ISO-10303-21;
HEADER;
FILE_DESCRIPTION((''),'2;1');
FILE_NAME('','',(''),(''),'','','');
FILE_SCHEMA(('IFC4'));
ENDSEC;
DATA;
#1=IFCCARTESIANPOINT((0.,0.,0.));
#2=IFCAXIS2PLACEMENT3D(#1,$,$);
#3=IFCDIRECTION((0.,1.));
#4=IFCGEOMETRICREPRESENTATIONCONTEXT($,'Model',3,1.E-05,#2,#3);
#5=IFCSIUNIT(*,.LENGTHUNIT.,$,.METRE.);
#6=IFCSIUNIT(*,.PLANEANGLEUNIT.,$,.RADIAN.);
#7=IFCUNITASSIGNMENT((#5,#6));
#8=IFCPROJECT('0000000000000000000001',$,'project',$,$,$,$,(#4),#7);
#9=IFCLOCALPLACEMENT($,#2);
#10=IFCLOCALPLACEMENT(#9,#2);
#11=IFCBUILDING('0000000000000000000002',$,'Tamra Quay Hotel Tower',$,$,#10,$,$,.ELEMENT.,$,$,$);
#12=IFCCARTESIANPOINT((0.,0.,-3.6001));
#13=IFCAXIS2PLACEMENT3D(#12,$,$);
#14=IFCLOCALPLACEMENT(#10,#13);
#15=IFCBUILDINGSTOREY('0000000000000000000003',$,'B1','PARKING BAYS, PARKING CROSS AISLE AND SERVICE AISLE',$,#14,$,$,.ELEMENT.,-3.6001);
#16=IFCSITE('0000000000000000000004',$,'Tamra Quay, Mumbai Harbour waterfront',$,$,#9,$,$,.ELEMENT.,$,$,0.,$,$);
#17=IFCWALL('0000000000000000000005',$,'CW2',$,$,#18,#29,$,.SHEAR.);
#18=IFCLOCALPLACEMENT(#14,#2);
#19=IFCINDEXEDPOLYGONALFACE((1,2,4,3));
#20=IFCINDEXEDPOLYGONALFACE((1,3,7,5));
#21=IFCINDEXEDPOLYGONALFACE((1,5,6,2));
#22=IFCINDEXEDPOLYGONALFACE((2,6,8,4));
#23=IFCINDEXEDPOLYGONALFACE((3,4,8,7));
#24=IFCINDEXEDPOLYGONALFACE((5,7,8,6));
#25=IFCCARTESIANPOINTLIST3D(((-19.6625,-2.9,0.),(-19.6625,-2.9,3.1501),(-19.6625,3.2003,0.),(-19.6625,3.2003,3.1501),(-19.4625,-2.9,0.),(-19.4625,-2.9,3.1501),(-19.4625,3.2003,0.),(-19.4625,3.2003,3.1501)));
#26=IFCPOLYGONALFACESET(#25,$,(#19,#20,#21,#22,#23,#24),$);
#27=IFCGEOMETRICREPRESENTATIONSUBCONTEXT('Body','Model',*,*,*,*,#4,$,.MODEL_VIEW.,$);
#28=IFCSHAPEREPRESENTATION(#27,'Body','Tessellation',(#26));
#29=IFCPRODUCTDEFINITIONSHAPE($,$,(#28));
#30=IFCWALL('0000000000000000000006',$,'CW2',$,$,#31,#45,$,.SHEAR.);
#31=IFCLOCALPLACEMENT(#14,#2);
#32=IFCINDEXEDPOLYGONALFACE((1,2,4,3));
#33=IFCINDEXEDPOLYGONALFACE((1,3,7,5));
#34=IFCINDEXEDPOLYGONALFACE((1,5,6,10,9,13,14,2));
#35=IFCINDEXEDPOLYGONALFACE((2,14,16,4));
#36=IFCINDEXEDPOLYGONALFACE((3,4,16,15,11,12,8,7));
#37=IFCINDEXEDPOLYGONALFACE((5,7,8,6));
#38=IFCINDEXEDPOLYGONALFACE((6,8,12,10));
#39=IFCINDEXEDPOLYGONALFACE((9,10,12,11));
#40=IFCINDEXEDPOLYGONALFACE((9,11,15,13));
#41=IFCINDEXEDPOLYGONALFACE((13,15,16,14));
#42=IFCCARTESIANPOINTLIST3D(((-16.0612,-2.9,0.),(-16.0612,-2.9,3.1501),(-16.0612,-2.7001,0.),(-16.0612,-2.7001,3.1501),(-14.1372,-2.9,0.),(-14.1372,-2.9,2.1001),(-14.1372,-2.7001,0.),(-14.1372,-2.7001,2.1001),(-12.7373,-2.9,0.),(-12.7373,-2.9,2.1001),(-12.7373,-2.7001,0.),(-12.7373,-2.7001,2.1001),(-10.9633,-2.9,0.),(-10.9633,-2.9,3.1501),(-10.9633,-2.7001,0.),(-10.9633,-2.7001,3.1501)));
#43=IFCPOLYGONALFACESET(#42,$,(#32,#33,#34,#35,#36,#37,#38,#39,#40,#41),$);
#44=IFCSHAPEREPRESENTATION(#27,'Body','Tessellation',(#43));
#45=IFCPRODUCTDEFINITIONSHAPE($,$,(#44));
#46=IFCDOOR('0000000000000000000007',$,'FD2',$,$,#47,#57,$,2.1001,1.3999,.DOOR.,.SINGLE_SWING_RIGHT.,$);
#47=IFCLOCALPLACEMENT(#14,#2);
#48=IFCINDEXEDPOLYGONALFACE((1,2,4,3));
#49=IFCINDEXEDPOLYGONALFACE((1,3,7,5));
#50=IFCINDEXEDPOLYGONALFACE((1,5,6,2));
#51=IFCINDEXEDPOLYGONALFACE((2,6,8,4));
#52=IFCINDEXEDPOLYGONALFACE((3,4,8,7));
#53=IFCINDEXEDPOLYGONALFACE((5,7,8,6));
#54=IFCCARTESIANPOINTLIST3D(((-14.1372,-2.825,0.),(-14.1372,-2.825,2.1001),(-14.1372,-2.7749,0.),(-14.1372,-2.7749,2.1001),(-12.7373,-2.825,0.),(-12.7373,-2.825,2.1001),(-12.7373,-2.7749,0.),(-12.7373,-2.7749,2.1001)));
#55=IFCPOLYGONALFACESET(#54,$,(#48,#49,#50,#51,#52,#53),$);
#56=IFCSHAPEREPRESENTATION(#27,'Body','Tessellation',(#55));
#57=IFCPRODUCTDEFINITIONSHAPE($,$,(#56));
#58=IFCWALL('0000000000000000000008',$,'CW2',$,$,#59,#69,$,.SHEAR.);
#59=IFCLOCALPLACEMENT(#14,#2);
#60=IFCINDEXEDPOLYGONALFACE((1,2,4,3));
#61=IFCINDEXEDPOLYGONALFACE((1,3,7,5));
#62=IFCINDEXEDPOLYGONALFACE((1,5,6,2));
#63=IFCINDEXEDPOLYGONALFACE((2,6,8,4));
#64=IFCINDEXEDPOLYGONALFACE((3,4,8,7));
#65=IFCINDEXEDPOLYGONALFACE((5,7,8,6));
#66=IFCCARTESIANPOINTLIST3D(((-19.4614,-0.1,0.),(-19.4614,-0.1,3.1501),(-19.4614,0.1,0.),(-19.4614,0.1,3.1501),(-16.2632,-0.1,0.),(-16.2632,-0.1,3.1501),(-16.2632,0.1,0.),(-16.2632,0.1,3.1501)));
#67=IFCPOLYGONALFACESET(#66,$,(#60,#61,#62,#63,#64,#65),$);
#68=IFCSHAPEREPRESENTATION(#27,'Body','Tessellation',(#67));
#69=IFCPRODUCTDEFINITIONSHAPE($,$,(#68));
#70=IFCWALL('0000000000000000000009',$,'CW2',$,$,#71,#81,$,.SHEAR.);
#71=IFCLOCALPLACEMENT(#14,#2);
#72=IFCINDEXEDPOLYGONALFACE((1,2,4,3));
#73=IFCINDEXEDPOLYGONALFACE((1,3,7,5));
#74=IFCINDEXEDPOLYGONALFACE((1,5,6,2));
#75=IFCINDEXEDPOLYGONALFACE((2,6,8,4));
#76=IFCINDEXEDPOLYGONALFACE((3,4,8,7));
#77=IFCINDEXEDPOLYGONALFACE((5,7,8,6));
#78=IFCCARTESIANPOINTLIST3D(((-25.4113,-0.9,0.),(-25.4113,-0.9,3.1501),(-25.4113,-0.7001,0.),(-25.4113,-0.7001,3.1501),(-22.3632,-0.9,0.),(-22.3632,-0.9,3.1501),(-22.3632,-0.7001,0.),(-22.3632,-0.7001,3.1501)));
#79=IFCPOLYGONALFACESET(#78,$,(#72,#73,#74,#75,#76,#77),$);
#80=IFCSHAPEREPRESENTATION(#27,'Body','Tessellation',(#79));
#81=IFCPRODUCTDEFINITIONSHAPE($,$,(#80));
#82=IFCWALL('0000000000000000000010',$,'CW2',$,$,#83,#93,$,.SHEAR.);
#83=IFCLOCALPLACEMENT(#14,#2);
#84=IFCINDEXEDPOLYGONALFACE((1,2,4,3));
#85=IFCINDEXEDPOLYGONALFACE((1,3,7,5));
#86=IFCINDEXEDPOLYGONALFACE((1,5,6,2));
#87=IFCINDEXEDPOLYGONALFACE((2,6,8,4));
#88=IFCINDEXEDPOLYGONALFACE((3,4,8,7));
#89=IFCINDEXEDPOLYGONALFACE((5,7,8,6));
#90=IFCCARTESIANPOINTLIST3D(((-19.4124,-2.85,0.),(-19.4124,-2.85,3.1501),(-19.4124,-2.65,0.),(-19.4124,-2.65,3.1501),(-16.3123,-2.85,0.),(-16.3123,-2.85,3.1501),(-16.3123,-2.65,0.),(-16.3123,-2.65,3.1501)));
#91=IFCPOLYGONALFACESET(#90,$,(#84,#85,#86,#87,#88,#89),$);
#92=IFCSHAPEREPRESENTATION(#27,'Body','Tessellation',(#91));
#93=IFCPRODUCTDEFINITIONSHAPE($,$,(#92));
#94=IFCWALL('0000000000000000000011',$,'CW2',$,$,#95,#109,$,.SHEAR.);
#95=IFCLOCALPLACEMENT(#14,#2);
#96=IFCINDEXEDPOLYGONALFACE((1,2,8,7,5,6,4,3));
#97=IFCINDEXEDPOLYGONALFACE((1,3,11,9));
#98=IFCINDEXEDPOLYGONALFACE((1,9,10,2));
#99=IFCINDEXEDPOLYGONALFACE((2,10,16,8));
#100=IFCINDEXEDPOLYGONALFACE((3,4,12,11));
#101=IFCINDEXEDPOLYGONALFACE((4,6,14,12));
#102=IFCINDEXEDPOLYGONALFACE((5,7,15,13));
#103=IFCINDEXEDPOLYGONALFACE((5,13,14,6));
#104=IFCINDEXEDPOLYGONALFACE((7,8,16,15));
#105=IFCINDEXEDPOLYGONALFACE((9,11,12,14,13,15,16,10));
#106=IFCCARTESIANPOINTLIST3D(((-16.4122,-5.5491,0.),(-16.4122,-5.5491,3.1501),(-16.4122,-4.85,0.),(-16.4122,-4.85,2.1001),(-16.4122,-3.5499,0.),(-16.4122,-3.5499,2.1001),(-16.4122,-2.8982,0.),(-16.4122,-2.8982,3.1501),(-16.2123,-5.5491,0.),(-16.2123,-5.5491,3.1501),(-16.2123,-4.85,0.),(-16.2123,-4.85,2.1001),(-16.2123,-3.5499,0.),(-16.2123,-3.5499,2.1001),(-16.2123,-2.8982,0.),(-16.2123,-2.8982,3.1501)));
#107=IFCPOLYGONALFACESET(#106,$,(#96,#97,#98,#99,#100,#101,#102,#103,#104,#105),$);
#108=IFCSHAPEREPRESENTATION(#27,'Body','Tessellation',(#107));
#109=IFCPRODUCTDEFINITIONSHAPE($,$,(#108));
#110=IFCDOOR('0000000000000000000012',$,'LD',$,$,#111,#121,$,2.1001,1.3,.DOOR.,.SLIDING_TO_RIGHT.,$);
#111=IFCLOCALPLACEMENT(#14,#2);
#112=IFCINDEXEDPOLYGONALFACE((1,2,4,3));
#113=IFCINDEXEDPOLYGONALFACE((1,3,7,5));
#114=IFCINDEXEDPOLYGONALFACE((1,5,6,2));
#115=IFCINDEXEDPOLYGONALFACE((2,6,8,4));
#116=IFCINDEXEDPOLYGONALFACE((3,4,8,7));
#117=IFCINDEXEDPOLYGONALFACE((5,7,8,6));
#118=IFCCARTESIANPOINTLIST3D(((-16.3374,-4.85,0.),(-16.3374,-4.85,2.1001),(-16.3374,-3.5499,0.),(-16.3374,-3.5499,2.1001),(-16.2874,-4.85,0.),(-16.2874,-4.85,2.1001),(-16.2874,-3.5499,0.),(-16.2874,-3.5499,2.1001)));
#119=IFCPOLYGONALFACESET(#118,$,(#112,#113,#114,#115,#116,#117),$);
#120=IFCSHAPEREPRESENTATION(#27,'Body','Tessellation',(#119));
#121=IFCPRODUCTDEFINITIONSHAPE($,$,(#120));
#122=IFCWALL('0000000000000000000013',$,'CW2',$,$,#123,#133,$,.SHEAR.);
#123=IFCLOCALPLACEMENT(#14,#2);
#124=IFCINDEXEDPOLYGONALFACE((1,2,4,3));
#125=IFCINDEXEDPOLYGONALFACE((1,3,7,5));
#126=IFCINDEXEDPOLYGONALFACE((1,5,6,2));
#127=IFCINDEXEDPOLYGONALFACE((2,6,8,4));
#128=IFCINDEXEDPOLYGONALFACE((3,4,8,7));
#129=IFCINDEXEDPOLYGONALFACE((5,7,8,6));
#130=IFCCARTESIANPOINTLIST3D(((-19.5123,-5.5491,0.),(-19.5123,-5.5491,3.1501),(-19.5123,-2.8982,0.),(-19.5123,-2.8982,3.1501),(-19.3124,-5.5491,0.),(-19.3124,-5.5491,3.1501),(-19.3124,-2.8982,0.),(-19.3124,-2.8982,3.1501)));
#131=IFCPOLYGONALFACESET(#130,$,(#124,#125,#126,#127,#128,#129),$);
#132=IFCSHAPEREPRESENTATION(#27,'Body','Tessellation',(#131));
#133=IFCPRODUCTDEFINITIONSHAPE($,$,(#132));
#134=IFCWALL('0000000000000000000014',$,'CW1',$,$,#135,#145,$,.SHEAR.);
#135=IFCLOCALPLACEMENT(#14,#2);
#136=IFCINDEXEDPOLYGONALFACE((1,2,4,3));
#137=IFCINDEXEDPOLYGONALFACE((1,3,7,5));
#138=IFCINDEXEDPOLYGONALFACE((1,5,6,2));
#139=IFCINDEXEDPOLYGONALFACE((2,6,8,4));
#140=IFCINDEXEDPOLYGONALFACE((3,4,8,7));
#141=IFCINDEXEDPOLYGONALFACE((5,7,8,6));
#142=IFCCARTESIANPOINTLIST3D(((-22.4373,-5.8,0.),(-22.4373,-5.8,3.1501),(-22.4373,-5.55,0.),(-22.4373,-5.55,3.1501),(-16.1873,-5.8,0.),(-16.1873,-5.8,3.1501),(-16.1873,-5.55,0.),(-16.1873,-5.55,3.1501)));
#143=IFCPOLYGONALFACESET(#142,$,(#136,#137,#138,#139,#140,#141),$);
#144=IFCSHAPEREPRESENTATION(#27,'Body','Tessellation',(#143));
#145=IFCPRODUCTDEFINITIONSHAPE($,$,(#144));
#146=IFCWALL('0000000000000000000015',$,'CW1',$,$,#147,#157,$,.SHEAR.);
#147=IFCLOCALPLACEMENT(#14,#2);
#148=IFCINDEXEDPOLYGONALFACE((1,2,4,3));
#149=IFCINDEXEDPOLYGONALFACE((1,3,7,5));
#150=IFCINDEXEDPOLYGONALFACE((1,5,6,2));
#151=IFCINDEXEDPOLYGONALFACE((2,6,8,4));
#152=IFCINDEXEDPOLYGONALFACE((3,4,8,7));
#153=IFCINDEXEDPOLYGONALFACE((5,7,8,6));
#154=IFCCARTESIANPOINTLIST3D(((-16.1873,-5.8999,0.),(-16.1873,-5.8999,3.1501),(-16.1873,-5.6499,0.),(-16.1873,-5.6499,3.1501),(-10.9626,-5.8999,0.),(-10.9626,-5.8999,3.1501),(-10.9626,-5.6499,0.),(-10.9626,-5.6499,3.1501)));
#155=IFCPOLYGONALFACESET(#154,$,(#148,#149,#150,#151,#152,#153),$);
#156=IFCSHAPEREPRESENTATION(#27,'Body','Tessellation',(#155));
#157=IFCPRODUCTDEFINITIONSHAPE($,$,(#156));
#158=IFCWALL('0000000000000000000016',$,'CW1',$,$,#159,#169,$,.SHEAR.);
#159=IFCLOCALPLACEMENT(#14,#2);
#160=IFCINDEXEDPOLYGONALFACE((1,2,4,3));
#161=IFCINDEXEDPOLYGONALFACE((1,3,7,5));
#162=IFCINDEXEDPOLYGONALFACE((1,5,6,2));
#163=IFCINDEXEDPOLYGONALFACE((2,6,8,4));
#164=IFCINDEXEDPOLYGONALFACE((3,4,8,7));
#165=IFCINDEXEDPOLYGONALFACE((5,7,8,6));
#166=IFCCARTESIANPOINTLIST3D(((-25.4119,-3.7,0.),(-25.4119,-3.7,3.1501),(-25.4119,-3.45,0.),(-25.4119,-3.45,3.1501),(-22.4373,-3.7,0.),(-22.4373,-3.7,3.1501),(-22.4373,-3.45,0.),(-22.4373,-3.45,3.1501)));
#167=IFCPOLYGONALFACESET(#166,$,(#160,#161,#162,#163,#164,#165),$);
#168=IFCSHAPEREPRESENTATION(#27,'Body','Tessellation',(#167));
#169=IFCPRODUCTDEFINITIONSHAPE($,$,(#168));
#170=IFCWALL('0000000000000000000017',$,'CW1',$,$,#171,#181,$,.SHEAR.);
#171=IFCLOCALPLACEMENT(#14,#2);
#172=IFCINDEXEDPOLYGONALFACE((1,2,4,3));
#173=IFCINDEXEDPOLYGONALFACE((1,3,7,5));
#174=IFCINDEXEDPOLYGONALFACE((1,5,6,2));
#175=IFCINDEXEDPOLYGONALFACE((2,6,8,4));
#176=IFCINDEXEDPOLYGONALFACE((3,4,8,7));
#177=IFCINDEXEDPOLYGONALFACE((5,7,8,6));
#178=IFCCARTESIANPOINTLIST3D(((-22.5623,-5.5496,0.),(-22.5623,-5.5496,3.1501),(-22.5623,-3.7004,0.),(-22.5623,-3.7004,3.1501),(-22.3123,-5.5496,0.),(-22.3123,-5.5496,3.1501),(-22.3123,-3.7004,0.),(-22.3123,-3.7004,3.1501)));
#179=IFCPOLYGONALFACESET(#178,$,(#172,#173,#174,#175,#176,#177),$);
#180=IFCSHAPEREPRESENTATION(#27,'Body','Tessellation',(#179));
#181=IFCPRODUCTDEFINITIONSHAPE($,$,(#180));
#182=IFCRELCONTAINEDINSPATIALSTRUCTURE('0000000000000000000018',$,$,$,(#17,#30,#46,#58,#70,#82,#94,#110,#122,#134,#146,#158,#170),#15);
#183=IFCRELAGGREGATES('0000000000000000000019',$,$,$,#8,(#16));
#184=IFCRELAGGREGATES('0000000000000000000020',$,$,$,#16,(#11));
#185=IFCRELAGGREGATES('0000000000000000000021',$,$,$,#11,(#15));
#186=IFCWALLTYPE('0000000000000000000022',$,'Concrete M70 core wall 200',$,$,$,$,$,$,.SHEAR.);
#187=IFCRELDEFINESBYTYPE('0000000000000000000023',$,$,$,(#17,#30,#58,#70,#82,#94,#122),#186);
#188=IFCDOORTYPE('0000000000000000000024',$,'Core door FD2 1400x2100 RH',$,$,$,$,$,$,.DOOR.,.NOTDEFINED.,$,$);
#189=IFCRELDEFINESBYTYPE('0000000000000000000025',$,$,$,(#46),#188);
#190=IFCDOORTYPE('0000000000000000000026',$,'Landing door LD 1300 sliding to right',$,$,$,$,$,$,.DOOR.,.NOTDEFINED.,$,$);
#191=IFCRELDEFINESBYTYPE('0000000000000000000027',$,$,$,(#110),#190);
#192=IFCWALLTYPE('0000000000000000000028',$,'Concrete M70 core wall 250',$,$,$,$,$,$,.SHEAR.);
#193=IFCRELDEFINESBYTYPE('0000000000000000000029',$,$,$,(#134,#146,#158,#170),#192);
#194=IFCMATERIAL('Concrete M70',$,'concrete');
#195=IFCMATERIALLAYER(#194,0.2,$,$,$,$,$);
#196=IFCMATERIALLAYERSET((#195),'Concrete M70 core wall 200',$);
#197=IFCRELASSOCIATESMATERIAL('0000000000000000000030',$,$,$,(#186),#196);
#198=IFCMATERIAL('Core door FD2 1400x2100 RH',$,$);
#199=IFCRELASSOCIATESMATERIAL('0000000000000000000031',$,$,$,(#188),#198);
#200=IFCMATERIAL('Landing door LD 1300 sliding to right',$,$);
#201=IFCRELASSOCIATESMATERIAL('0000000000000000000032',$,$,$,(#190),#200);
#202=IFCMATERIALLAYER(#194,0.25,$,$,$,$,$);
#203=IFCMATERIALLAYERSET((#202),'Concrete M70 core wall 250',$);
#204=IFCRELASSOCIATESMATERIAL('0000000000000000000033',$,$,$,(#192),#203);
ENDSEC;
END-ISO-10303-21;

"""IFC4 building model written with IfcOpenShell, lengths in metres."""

from ifc_helpers import new_model, si_unit, direction, frame, frame_2d, origin, place, context, subcontext, project, spatial, rectangle, extrude, material, layer, layer_set, type_object, element, fill, save


model = new_model("IFC4")

# Units and contexts
model_context = context("Model", 3, precision=1e-05, world=origin(), true_north=direction((0.0, 1.0)))
body_context = subcontext(model_context, "Body", "Model", "MODEL_VIEW")
ifc_project = project(units=[si_unit("LENGTHUNIT", "METRE"), si_unit("PLANEANGLEUNIT", "RADIAN")], contexts=[model_context])

# Site, building, storey
site_placement = place(None, origin())
site = spatial("IfcSite", under=ifc_project, at=site_placement, Name="Tamra Quay, Mumbai Harbour waterfront", CompositionType="ELEMENT", RefElevation=0.0)
building_placement = place(site_placement, origin())
building = spatial("IfcBuilding", under=site, at=building_placement, Name="Tamra Quay Hotel Tower", CompositionType="ELEMENT")
storey_placement = place(building_placement, frame((0.0, 0.0, -3.6001)))
storey = spatial("IfcBuildingStorey", under=building, at=storey_placement, Name="B1", Description="PARKING BAYS, PARKING CROSS AISLE AND SERVICE AISLE", CompositionType="ELEMENT", Elevation=-3.6001)

# Shared definitions
ifc_material_1 = material(Name="Concrete M70", Category="concrete")

# Wall
ifc_layer_1 = layer(ifc_material_1, 0.2)
ifc_layer_set_1 = layer_set([ifc_layer_1], Name="Concrete M70 core wall 200")
wall_type_1 = type_object("IfcWallType", Name="Concrete M70 core wall 200", PredefinedType="SHEAR", material=ifc_layer_set_1)
wall_1_placement = place(storey_placement, frame((-19.5625, -2.9001, 0.0), z_axis=(0.0, 0.0, 1.0), x_axis=(0.0, 1.0, 0.0)))
element("IfcWall", 1, at=wall_1_placement, inside=storey, type_object=wall_type_1, Name="CW2", PredefinedType="SHEAR", context=body_context, shape_type="SweptSolid", body=[
    extrude(rectangle(XDim=6.1003, YDim=0.2, at=frame_2d((3.0503, 0.0))), origin(), (0.0, 0.0, 1.0), 3.1501),
])

# Wall, opening, door
wall_2_placement = place(storey_placement, frame((-10.9634, -2.8, 0.0), z_axis=(0.0, 0.0, 1.0), x_axis=(-1.0, 0.0, 0.0)))
wall_2 = element("IfcWall", 2, at=wall_2_placement, inside=storey, type_object=wall_type_1, Name="CW2", PredefinedType="SHEAR", context=body_context, shape_type="SweptSolid", body=[
    extrude(rectangle(XDim=5.0979, YDim=0.2, at=frame_2d((2.5488, 0.0))), origin(), (0.0, 0.0, 1.0), 3.1501),
])
opening_1_placement = place(wall_2_placement, frame((1.7739, 0.0, 0.0)))
opening_1 = element("IfcOpeningElement", 3, at=opening_1_placement, cuts=wall_2, PredefinedType="OPENING", context=body_context, shape_type="SweptSolid", body=[
    extrude(rectangle(XDim=1.3999, YDim=2.1001, at=frame_2d((0.7, 1.05))), frame((0.0, 0.1099, 0.0), z_axis=(0.0, -1.0, 0.0), x_axis=(1.0, 0.0, 0.0)), (0.0, 0.0, 1.0), 0.22),
])
ifc_material_2 = material(Name="Core door FD2 1400x2100 RH")
door_type_1 = type_object("IfcDoorType", Name="Core door FD2 1400x2100 RH", OperationType="NOTDEFINED", PredefinedType="DOOR", material=ifc_material_2)
door_1_placement = place(opening_1_placement, origin())
door_1 = element("IfcDoor", 4, at=door_1_placement, inside=storey, type_object=door_type_1, Name="FD2", OperationType="SINGLE_SWING_RIGHT", OverallHeight=2.1001, OverallWidth=1.3999, PredefinedType="DOOR", context=body_context, shape_type="SweptSolid", body=[
    extrude(rectangle(XDim=1.3999, YDim=2.1001, at=frame_2d((0.7, 1.05))), frame((0.0, 0.0249, 0.0), z_axis=(0.0, -1.0, 0.0), x_axis=(1.0, 0.0, 0.0)), (0.0, 0.0, 1.0), 0.05),
])
fill(opening_1, door_1)

# Walls
wall_3_placement = place(storey_placement, frame((-16.2632, 0.0, 0.0), z_axis=(0.0, 0.0, 1.0), x_axis=(-1.0, 0.0, 0.0)))
element("IfcWall", 5, at=wall_3_placement, inside=storey, type_object=wall_type_1, Name="CW2", PredefinedType="SHEAR", context=body_context, shape_type="SweptSolid", body=[
    extrude(rectangle(XDim=3.1982, YDim=0.2, at=frame_2d((1.5991, 0.0))), origin(), (0.0, 0.0, 1.0), 3.1501),
])
wall_4_placement = place(storey_placement, frame((-22.3633, -0.8, 0.0), z_axis=(0.0, 0.0, 1.0), x_axis=(-1.0, 0.0, 0.0)))
element("IfcWall", 6, at=wall_4_placement, inside=storey, type_object=wall_type_1, Name="CW2", PredefinedType="SHEAR", context=body_context, shape_type="SweptSolid", body=[
    extrude(rectangle(XDim=3.0481, YDim=0.2, at=frame_2d((1.5239, 0.0))), origin(), (0.0, 0.0, 1.0), 3.1501),
])
wall_5_placement = place(storey_placement, frame((-19.4124, -2.75, 0.0), z_axis=(0.0, 0.0, 1.0), x_axis=(1.0, 0.0, 0.0)))
element("IfcWall", 7, at=wall_5_placement, inside=storey, type_object=wall_type_1, Name="CW2", PredefinedType="SHEAR", context=body_context, shape_type="SweptSolid", body=[
    extrude(rectangle(XDim=3.1001, YDim=0.2, at=frame_2d((1.55, 0.0))), origin(), (0.0, 0.0, 1.0), 3.1501),
])

# Wall, opening, door
wall_6_placement = place(storey_placement, frame((-16.3123, -2.8982, 0.0), z_axis=(0.0, 0.0, 1.0), x_axis=(0.0, -1.0, 0.0)))
wall_6 = element("IfcWall", 8, at=wall_6_placement, inside=storey, type_object=wall_type_1, Name="CW2", PredefinedType="SHEAR", context=body_context, shape_type="SweptSolid", body=[
    extrude(rectangle(XDim=2.6509, YDim=0.2, at=frame_2d((1.3254, 0.0))), origin(), (0.0, 0.0, 1.0), 3.1501),
])
opening_2_placement = place(wall_6_placement, frame((0.6519, 0.0, 0.0)))
opening_2 = element("IfcOpeningElement", 9, at=opening_2_placement, cuts=wall_6, PredefinedType="OPENING", context=body_context, shape_type="SweptSolid", body=[
    extrude(rectangle(XDim=1.3, YDim=2.1001, at=frame_2d((0.6499, 1.05))), frame((0.0, 0.1099, 0.0), z_axis=(0.0, -1.0, 0.0), x_axis=(1.0, 0.0, 0.0)), (0.0, 0.0, 1.0), 0.22),
])
ifc_material_3 = material(Name="Landing door LD 1300 sliding to right")
door_type_2 = type_object("IfcDoorType", Name="Landing door LD 1300 sliding to right", OperationType="NOTDEFINED", PredefinedType="DOOR", material=ifc_material_3)
door_2_placement = place(opening_2_placement, origin())
door_2 = element("IfcDoor", 10, at=door_2_placement, inside=storey, type_object=door_type_2, Name="LD", OperationType="SLIDING_TO_RIGHT", OverallHeight=2.1001, OverallWidth=1.3, PredefinedType="DOOR", context=body_context, shape_type="SweptSolid", body=[
    extrude(rectangle(XDim=1.3, YDim=2.1001, at=frame_2d((0.6499, 1.05))), frame((0.0, 0.0249, 0.0), z_axis=(0.0, -1.0, 0.0), x_axis=(1.0, 0.0, 0.0)), (0.0, 0.0, 1.0), 0.05),
])
fill(opening_2, door_2)

# Walls
wall_7_placement = place(storey_placement, frame((-19.4124, -5.5491, 0.0), z_axis=(0.0, 0.0, 1.0), x_axis=(0.0, 1.0, 0.0)))
element("IfcWall", 11, at=wall_7_placement, inside=storey, type_object=wall_type_1, Name="CW2", PredefinedType="SHEAR", context=body_context, shape_type="SweptSolid", body=[
    extrude(rectangle(XDim=2.6509, YDim=0.2, at=frame_2d((1.3254, 0.0))), origin(), (0.0, 0.0, 1.0), 3.1501),
])
ifc_layer_2 = layer(ifc_material_1, 0.25)
ifc_layer_set_2 = layer_set([ifc_layer_2], Name="Concrete M70 core wall 250")
wall_type_2 = type_object("IfcWallType", Name="Concrete M70 core wall 250", PredefinedType="SHEAR", material=ifc_layer_set_2)
wall_8_placement = place(storey_placement, frame((-16.1873, -5.675, 0.0), z_axis=(0.0, 0.0, 1.0), x_axis=(-1.0, 0.0, 0.0)))
element("IfcWall", 12, at=wall_8_placement, inside=storey, type_object=wall_type_2, Name="CW1", PredefinedType="SHEAR", context=body_context, shape_type="SweptSolid", body=[
    extrude(rectangle(XDim=6.25, YDim=0.25, at=frame_2d((3.125, 0.0))), origin(), (0.0, 0.0, 1.0), 3.1501),
])
wall_9_placement = place(storey_placement, frame((-10.9626, -5.7749, 0.0), z_axis=(0.0, 0.0, 1.0), x_axis=(-1.0, 0.0, 0.0)))
element("IfcWall", 13, at=wall_9_placement, inside=storey, type_object=wall_type_2, Name="CW1", PredefinedType="SHEAR", context=body_context, shape_type="SweptSolid", body=[
    extrude(rectangle(XDim=5.2246, YDim=0.25, at=frame_2d((2.6123, 0.0))), origin(), (0.0, 0.0, 1.0), 3.1501),
])
wall_10_placement = place(storey_placement, frame((-22.4373, -3.575, 0.0), z_axis=(0.0, 0.0, 1.0), x_axis=(-1.0, 0.0, 0.0)))
element("IfcWall", 14, at=wall_10_placement, inside=storey, type_object=wall_type_2, Name="CW1", PredefinedType="SHEAR", context=body_context, shape_type="SweptSolid", body=[
    extrude(rectangle(XDim=2.9746, YDim=0.25, at=frame_2d((1.4873, 0.0))), origin(), (0.0, 0.0, 1.0), 3.1501),
])
wall_11_placement = place(storey_placement, frame((-22.4373, -5.5496, 0.0), z_axis=(0.0, 0.0, 1.0), x_axis=(0.0, 1.0, 0.0)))
element("IfcWall", 15, at=wall_11_placement, inside=storey, type_object=wall_type_2, Name="CW1", PredefinedType="SHEAR", context=body_context, shape_type="SweptSolid", body=[
    extrude(rectangle(XDim=1.8491, YDim=0.25, at=frame_2d((0.9246, 0.0))), origin(), (0.0, 0.0, 1.0), 3.1501),
])

save(model, "model.ifc")
